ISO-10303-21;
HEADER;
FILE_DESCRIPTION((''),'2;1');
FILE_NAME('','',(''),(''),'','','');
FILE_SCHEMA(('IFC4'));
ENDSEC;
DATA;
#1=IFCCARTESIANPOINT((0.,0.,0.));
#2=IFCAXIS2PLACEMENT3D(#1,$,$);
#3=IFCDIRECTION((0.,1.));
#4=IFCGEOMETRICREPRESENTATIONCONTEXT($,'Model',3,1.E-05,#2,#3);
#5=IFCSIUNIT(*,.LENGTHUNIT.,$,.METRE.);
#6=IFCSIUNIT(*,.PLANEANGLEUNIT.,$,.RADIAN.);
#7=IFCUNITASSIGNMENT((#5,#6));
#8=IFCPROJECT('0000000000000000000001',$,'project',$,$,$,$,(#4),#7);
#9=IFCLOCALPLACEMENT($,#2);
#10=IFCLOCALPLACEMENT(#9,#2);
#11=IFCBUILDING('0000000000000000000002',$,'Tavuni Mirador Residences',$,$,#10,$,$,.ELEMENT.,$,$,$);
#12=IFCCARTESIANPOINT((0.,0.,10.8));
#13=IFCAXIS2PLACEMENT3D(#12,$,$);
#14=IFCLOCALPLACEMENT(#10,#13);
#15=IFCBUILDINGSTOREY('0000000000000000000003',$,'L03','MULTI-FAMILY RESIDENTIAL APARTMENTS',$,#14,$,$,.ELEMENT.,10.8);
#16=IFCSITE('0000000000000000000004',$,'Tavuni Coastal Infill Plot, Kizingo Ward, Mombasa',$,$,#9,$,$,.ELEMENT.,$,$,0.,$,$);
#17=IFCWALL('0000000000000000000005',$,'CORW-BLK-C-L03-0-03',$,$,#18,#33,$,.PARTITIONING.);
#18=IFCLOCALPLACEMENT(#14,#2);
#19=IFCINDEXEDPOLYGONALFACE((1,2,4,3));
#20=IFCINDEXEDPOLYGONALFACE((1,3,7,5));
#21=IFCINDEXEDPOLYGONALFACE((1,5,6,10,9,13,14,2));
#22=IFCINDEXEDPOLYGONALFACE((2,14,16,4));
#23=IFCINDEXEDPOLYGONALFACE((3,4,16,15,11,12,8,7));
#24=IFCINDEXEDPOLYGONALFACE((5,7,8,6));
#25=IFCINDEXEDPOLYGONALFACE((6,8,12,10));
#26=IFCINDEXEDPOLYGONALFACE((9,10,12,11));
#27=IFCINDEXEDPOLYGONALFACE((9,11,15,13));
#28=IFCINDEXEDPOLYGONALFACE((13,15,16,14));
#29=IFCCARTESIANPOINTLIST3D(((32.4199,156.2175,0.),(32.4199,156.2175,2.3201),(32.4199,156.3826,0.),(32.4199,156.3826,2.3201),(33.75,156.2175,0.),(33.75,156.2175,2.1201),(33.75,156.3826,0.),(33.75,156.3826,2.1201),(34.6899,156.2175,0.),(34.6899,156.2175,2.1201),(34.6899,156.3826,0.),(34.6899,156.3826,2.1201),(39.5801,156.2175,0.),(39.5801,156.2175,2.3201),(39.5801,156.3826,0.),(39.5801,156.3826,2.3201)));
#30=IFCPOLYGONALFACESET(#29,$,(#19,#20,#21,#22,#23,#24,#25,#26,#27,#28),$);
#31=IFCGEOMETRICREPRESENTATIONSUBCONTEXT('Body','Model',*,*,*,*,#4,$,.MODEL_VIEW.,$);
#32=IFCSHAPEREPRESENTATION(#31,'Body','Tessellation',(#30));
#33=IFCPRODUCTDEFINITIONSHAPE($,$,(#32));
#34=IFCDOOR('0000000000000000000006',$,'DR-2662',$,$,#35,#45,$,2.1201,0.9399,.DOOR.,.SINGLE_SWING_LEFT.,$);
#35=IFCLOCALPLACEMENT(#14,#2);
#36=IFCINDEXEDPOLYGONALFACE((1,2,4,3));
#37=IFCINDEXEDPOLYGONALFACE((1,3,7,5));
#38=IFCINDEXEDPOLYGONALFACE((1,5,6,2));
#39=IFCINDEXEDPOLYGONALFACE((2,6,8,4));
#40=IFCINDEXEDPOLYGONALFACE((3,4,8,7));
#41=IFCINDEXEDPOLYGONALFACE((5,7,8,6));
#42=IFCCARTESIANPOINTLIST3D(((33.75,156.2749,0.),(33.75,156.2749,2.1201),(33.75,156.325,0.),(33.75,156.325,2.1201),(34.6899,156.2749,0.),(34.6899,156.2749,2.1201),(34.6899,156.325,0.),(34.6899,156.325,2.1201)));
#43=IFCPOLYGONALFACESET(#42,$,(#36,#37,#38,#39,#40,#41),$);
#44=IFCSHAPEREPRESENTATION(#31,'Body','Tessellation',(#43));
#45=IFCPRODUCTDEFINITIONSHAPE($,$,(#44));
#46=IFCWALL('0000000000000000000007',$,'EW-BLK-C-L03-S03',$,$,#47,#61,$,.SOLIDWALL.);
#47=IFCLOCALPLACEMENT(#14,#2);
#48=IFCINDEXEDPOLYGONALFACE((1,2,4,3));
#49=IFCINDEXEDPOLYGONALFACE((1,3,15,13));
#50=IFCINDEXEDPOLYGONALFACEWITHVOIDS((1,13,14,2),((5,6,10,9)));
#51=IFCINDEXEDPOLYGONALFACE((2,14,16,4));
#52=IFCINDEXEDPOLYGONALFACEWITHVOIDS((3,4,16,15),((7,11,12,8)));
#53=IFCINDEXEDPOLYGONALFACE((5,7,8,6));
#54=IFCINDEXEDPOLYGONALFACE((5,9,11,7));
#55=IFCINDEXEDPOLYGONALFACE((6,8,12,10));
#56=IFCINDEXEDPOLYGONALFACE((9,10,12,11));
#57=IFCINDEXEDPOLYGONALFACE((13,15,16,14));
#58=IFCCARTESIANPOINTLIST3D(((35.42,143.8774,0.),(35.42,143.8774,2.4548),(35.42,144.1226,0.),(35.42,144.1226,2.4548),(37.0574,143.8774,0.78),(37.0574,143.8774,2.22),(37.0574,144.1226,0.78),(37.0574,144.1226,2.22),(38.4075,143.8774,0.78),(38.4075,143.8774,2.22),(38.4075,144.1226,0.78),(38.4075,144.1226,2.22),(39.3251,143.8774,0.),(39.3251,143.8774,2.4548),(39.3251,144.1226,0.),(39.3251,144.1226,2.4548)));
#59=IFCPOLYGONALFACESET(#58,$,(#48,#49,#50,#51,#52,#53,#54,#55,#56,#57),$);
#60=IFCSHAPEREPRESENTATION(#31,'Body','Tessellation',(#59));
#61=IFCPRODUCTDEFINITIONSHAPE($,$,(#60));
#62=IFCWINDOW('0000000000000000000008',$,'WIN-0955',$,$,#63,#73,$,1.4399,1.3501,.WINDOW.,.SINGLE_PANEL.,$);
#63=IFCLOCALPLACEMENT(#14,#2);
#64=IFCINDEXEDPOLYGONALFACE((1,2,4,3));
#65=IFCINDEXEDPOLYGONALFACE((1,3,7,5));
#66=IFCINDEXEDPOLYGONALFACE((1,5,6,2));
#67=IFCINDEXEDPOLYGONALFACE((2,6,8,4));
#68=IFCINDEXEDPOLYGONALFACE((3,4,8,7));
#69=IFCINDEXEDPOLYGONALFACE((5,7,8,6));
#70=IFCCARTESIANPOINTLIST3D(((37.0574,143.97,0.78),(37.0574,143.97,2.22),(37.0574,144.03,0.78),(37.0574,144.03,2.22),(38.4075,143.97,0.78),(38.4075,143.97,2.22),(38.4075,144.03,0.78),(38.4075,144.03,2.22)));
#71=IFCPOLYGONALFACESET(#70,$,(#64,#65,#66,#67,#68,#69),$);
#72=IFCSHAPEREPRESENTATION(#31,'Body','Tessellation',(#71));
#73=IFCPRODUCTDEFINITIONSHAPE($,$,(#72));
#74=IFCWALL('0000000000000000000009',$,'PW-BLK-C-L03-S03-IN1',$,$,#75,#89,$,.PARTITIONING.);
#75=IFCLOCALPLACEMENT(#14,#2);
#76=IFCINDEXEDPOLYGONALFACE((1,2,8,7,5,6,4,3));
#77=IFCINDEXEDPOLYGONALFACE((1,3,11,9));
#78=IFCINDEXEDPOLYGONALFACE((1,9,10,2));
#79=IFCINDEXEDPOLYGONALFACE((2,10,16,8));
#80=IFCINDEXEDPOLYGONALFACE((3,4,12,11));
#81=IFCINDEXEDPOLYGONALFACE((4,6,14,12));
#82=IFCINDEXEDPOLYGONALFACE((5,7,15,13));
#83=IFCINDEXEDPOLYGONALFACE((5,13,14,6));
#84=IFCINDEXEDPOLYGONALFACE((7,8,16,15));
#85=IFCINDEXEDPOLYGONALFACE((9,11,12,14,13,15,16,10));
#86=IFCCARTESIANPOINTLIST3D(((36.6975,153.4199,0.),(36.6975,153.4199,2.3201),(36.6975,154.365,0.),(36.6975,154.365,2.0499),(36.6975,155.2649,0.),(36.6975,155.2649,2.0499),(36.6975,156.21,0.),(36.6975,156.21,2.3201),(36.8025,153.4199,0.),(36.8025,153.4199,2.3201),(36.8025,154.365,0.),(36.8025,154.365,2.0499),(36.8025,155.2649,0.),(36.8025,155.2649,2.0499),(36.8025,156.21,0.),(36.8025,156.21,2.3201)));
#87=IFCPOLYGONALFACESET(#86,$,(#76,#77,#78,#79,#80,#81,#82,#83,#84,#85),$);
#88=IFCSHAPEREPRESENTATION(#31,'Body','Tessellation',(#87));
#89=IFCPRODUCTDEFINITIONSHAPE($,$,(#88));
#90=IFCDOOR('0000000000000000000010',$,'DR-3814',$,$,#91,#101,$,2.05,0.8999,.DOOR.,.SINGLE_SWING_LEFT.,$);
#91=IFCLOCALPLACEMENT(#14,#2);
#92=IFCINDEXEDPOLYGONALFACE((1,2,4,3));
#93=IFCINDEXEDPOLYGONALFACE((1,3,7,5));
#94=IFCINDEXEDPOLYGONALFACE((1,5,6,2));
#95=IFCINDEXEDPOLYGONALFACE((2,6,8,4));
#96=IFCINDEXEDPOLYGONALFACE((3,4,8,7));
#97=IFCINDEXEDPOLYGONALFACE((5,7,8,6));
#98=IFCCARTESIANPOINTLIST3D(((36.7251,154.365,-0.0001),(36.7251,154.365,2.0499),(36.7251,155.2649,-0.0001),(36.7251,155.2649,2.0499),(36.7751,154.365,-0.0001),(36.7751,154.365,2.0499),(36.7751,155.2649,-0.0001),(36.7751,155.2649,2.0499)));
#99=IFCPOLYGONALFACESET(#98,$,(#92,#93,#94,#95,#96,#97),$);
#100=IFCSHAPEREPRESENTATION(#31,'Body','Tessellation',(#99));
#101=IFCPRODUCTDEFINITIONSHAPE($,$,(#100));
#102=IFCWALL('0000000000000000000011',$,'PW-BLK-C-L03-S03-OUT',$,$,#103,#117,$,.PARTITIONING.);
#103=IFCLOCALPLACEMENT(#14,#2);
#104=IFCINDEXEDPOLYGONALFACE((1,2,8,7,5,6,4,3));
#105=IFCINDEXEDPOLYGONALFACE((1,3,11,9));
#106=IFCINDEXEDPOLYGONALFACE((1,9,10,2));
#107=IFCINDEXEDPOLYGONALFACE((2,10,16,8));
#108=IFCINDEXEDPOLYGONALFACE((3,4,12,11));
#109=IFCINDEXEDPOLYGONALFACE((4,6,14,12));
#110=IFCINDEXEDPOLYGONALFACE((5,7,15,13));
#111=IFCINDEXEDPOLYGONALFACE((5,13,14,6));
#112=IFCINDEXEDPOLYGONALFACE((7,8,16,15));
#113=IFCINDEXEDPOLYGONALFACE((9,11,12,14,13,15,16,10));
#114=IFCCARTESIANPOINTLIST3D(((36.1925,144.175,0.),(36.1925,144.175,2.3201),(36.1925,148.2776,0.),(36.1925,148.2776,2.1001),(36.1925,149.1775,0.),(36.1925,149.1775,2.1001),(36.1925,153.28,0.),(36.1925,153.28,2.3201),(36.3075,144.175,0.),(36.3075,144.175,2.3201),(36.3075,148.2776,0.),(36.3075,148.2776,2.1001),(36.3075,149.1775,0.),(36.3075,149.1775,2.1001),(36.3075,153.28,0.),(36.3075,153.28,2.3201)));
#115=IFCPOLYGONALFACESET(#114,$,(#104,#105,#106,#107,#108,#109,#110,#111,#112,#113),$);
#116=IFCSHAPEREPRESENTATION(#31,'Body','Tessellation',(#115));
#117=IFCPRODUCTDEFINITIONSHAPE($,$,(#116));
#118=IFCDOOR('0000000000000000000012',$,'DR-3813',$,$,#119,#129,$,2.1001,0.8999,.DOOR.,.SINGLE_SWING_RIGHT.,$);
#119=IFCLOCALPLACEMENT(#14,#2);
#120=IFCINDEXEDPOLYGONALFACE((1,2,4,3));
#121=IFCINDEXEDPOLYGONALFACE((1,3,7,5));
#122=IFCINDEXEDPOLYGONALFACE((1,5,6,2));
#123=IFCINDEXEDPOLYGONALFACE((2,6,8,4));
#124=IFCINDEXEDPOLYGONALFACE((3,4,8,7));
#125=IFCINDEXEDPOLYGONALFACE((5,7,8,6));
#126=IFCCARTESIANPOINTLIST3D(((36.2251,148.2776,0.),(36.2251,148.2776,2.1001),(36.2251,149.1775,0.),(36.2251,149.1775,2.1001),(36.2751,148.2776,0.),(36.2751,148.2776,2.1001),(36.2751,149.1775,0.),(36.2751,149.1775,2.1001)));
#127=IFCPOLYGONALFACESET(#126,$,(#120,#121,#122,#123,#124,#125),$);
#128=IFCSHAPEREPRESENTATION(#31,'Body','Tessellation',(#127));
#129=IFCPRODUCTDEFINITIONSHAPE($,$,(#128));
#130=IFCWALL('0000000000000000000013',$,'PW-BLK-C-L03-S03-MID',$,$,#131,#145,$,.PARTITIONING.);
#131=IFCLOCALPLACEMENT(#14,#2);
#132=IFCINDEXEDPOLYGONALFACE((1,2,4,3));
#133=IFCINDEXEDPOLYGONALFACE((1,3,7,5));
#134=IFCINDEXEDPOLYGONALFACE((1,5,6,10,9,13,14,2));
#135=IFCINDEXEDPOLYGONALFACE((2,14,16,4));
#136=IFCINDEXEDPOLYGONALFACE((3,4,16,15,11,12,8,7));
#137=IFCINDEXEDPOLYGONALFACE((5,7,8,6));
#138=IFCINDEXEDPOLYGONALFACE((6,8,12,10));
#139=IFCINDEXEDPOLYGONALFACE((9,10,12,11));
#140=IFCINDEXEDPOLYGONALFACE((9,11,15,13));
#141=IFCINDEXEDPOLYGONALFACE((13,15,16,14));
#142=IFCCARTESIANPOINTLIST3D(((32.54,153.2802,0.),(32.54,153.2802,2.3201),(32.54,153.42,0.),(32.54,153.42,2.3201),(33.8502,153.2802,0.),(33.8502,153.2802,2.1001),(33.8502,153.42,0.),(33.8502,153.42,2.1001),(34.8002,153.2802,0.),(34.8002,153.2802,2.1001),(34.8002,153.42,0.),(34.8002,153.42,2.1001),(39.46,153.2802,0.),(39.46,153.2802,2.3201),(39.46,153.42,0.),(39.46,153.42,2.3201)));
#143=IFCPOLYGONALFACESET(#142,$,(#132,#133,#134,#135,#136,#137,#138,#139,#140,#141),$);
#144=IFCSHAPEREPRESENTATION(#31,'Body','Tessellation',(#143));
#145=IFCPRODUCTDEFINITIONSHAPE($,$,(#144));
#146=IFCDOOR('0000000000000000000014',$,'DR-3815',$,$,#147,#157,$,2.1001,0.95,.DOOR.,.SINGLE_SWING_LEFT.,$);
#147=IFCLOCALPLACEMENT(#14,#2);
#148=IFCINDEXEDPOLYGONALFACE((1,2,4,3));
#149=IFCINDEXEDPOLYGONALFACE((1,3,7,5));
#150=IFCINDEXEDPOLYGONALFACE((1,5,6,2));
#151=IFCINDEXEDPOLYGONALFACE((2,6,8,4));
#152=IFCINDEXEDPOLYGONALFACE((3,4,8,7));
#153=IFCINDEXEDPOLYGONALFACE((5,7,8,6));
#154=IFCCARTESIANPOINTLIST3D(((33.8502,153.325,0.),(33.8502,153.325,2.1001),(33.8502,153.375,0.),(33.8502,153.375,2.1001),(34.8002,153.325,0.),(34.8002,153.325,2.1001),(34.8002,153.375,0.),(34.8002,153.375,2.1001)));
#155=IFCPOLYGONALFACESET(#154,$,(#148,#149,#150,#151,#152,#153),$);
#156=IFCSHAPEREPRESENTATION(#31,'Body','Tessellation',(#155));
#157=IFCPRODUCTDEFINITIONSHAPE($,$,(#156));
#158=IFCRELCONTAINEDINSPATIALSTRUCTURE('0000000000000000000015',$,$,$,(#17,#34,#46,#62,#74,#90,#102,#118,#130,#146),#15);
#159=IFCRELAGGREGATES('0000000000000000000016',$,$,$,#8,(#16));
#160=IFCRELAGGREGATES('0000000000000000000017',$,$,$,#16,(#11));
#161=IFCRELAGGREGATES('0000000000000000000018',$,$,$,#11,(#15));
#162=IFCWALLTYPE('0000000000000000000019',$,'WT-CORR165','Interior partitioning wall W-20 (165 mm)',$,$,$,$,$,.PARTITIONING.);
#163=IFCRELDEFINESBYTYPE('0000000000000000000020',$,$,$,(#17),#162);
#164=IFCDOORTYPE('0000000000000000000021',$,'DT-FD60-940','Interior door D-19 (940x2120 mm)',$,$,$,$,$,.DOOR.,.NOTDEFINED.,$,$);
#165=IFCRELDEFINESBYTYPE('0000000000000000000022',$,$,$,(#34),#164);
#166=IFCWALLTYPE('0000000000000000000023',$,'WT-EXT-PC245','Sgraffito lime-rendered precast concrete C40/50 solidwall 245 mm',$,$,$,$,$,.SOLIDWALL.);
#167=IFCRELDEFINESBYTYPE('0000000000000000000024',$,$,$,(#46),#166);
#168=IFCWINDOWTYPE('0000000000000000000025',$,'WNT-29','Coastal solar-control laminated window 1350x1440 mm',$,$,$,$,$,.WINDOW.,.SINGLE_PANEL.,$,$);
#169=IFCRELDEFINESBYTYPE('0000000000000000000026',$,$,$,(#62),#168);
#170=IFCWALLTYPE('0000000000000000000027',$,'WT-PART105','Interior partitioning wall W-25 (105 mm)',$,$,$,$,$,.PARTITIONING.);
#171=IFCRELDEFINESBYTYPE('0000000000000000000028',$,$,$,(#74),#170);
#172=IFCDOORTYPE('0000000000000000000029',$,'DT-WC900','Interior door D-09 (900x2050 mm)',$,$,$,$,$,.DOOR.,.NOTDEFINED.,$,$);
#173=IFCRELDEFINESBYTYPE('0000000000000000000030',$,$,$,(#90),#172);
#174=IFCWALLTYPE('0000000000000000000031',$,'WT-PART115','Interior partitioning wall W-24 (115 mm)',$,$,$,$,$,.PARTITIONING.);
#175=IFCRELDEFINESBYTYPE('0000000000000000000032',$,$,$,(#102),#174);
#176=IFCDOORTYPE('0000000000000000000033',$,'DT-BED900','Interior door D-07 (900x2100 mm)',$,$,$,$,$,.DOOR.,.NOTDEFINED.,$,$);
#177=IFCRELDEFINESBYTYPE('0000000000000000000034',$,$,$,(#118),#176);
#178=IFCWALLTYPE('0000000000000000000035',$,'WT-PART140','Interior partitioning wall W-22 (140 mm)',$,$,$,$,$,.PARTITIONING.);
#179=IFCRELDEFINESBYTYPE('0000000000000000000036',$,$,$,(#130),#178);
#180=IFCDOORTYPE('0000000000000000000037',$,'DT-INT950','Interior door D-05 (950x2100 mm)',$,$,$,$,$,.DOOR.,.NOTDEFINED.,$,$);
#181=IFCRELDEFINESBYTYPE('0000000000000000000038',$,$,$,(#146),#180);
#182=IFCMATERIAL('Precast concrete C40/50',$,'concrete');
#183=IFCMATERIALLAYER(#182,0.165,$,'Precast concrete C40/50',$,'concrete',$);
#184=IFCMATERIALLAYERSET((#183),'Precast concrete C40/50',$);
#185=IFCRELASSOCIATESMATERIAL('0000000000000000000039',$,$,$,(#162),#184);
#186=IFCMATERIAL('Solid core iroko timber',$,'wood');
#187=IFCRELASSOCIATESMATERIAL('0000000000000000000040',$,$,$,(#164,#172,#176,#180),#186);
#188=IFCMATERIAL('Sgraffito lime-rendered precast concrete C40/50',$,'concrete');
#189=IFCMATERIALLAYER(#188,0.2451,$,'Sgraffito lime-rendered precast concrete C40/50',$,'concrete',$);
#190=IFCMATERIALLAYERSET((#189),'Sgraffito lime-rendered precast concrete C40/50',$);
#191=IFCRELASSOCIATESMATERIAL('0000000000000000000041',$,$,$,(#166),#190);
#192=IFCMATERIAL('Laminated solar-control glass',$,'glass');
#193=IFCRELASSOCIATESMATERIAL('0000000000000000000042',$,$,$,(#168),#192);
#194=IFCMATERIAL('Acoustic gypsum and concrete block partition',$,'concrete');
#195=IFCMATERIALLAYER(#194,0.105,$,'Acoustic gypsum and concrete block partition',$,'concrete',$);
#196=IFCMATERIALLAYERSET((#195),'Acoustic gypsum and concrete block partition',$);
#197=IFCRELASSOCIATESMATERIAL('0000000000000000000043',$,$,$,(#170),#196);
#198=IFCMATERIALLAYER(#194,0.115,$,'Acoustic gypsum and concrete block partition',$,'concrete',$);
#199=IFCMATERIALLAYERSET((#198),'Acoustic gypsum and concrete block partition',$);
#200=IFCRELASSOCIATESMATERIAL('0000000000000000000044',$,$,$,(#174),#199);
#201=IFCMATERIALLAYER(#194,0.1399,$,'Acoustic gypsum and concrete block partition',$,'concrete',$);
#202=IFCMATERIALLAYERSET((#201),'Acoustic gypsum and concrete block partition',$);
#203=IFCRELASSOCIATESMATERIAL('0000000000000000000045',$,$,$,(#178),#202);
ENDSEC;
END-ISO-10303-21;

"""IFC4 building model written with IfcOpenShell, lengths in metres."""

from ifc_helpers import new_model, si_unit, direction, frame, frame_2d, origin, place, context, subcontext, project, spatial, rectangle, extrude, material, layer, layer_set, type_object, element, fill, save


model = new_model("IFC4")

# Units and contexts
model_context = context("Model", 3, precision=1e-05, world=origin(), true_north=direction((0.0, 1.0)))
body_context = subcontext(model_context, "Body", "Model", "MODEL_VIEW")
ifc_project = project(units=[si_unit("LENGTHUNIT", "METRE"), si_unit("PLANEANGLEUNIT", "RADIAN")], contexts=[model_context])

# Site, building, storey
site_placement = place(None, origin())
site = spatial("IfcSite", under=ifc_project, at=site_placement, Name="Tavuni Coastal Infill Plot, Kizingo Ward, Mombasa", CompositionType="ELEMENT", RefElevation=0.0)
building_placement = place(site_placement, origin())
building = spatial("IfcBuilding", under=site, at=building_placement, Name="Tavuni Mirador Residences", CompositionType="ELEMENT")
storey_placement = place(building_placement, frame((0.0, 0.0, 10.8)))
storey = spatial("IfcBuildingStorey", under=building, at=storey_placement, Name="L03", Description="MULTI-FAMILY RESIDENTIAL APARTMENTS", CompositionType="ELEMENT", Elevation=10.8)

# Shared definitions
ifc_material_1 = material(Name="Precast concrete C40/50", Category="concrete")

# Wall, opening, door
ifc_layer_1 = layer(ifc_material_1, 0.165, Name="Precast concrete C40/50", Category="concrete")
ifc_layer_set_1 = layer_set([ifc_layer_1], Name="Precast concrete C40/50")
wall_type_1 = type_object("IfcWallType", Name="WT-CORR165", Description="Interior partitioning wall W-20 (165 mm)", PredefinedType="PARTITIONING", material=ifc_layer_set_1)
wall_1_placement = place(storey_placement, frame((32.4199, 156.3, 0.0), z_axis=(0.0, 0.0, 1.0), x_axis=(1.0, 0.0, 0.0)))
wall_1 = element("IfcWall", 1, at=wall_1_placement, inside=storey, type_object=wall_type_1, Name="CORW-BLK-C-L03-0-03", PredefinedType="PARTITIONING", context=body_context, shape_type="SweptSolid", body=[
    extrude(rectangle(XDim=7.1602, YDim=0.165, at=frame_2d((3.5801, 0.0))), origin(), (0.0, 0.0, 1.0), 2.3201),
])
opening_1_placement = place(wall_1_placement, frame((1.3301, 0.0, 0.0)))
opening_1 = element("IfcOpeningElement", 2, at=opening_1_placement, cuts=wall_1, PredefinedType="OPENING", context=body_context, shape_type="SweptSolid", body=[
    extrude(rectangle(XDim=0.9399, YDim=2.1201, at=frame_2d((0.47, 1.0601))), frame((0.0, 0.0925, 0.0), z_axis=(0.0, -1.0, 0.0), x_axis=(1.0, 0.0, 0.0)), (0.0, 0.0, 1.0), 0.1851),
])
ifc_material_2 = material(Name="Solid core iroko timber", Category="wood")
door_type_1 = type_object("IfcDoorType", Name="DT-FD60-940", Description="Interior door D-19 (940x2120 mm)", OperationType="NOTDEFINED", PredefinedType="DOOR", material=ifc_material_2)
door_1_placement = place(opening_1_placement, origin())
door_1 = element("IfcDoor", 3, at=door_1_placement, inside=storey, type_object=door_type_1, Name="DR-2662", OperationType="SINGLE_SWING_LEFT", OverallHeight=2.1201, OverallWidth=0.9399, PredefinedType="DOOR", context=body_context, shape_type="SweptSolid", body=[
    extrude(rectangle(XDim=0.9399, YDim=2.1201, at=frame_2d((0.47, 1.0601))), frame((0.0, 0.0249, 0.0), z_axis=(0.0, -1.0, 0.0), x_axis=(1.0, 0.0, 0.0)), (0.0, 0.0, 1.0), 0.05),
])
fill(opening_1, door_1)

# Wall, opening, window
ifc_material_3 = material(Name="Sgraffito lime-rendered precast concrete C40/50", Category="concrete")
ifc_layer_2 = layer(ifc_material_3, 0.2451, Name="Sgraffito lime-rendered precast concrete C40/50", Category="concrete")
ifc_layer_set_2 = layer_set([ifc_layer_2], Name="Sgraffito lime-rendered precast concrete C40/50")
wall_type_2 = type_object("IfcWallType", Name="WT-EXT-PC245", Description="Sgraffito lime-rendered precast concrete C40/50 solidwall 245 mm", PredefinedType="SOLIDWALL", material=ifc_layer_set_2)
wall_2_placement = place(storey_placement, frame((35.4199, 144.0, 0.0), z_axis=(0.0, 0.0, 1.0), x_axis=(1.0, 0.0, 0.0)))
wall_2 = element("IfcWall", 4, at=wall_2_placement, inside=storey, type_object=wall_type_2, Name="EW-BLK-C-L03-S03", PredefinedType="SOLIDWALL", context=body_context, shape_type="SweptSolid", body=[
    extrude(rectangle(XDim=3.905, YDim=0.2451, at=frame_2d((1.9526, 0.0))), origin(), (0.0, 0.0, 1.0), 2.4548),
])
opening_2_placement = place(wall_2_placement, frame((1.6375, 0.0, 0.78)))
opening_2 = element("IfcOpeningElement", 5, at=opening_2_placement, cuts=wall_2, PredefinedType="OPENING", context=body_context, shape_type="SweptSolid", body=[
    extrude(rectangle(XDim=1.3501, YDim=1.4399, at=frame_2d((0.675, 0.72))), frame((0.0, 0.1326, 0.0), z_axis=(0.0, -1.0, 0.0), x_axis=(1.0, 0.0, 0.0)), (0.0, 0.0, 1.0), 0.2651),
])
ifc_material_4 = material(Name="Laminated solar-control glass", Category="glass")
window_type = type_object("IfcWindowType", Name="WNT-29", Description="Coastal solar-control laminated window 1350x1440 mm", PartitioningType="SINGLE_PANEL", PredefinedType="WINDOW", material=ifc_material_4)
window_placement = place(opening_2_placement, origin())
window = element("IfcWindow", 6, at=window_placement, inside=storey, type_object=window_type, Name="WIN-0955", OverallHeight=1.4399, OverallWidth=1.3501, PartitioningType="SINGLE_PANEL", PredefinedType="WINDOW", context=body_context, shape_type="SweptSolid", body=[
    extrude(rectangle(XDim=1.3501, YDim=1.4399, at=frame_2d((0.675, 0.72))), frame((0.0, 0.03, 0.0), z_axis=(0.0, -1.0, 0.0), x_axis=(1.0, 0.0, 0.0)), (0.0, 0.0, 1.0), 0.0601),
])
fill(opening_2, window)

# Walls, openings, doors
ifc_material_5 = material(Name="Acoustic gypsum and concrete block partition", Category="concrete")
ifc_layer_3 = layer(ifc_material_5, 0.105, Name="Acoustic gypsum and concrete block partition", Category="concrete")
ifc_layer_set_3 = layer_set([ifc_layer_3], Name="Acoustic gypsum and concrete block partition")
wall_type_3 = type_object("IfcWallType", Name="WT-PART105", Description="Interior partitioning wall W-25 (105 mm)", PredefinedType="PARTITIONING", material=ifc_layer_set_3)
wall_3_placement = place(storey_placement, frame((36.75, 153.4199, 0.0), z_axis=(0.0, 0.0, 1.0), x_axis=(0.0, 1.0, 0.0)))
wall_3 = element("IfcWall", 7, at=wall_3_placement, inside=storey, type_object=wall_type_3, Name="PW-BLK-C-L03-S03-IN1", PredefinedType="PARTITIONING", context=body_context, shape_type="SweptSolid", body=[
    extrude(rectangle(XDim=2.79, YDim=0.105, at=frame_2d((1.395, 0.0))), origin(), (0.0, 0.0, 1.0), 2.3201),
])
opening_3_placement = place(wall_3_placement, frame((0.9451, 0.0, 0.0)))
opening_3 = element("IfcOpeningElement", 8, at=opening_3_placement, cuts=wall_3, PredefinedType="OPENING", context=body_context, shape_type="SweptSolid", body=[
    extrude(rectangle(XDim=0.8999, YDim=2.05, at=frame_2d((0.45, 1.0249))), frame((0.0, 0.0625, 0.0), z_axis=(0.0, -1.0, 0.0), x_axis=(1.0, 0.0, 0.0)), (0.0, 0.0, 1.0), 0.125),
])
door_type_2 = type_object("IfcDoorType", Name="DT-WC900", Description="Interior door D-09 (900x2050 mm)", OperationType="NOTDEFINED", PredefinedType="DOOR", material=ifc_material_2)
door_2_placement = place(opening_3_placement, origin())
door_2 = element("IfcDoor", 9, at=door_2_placement, inside=storey, type_object=door_type_2, Name="DR-3814", OperationType="SINGLE_SWING_LEFT", OverallHeight=2.05, OverallWidth=0.8999, PredefinedType="DOOR", context=body_context, shape_type="SweptSolid", body=[
    extrude(rectangle(XDim=0.8999, YDim=2.05, at=frame_2d((0.45, 1.0249))), frame((0.0, 0.0249, 0.0), z_axis=(0.0, -1.0, 0.0), x_axis=(1.0, 0.0, 0.0)), (0.0, 0.0, 1.0), 0.05),
])
fill(opening_3, door_2)
ifc_layer_4 = layer(ifc_material_5, 0.115, Name="Acoustic gypsum and concrete block partition", Category="concrete")
ifc_layer_set_4 = layer_set([ifc_layer_4], Name="Acoustic gypsum and concrete block partition")
wall_type_4 = type_object("IfcWallType", Name="WT-PART115", Description="Interior partitioning wall W-24 (115 mm)", PredefinedType="PARTITIONING", material=ifc_layer_set_4)
wall_4_placement = place(storey_placement, frame((36.25, 144.175, 0.0), z_axis=(0.0, 0.0, 1.0), x_axis=(0.0, 1.0, 0.0)))
wall_4 = element("IfcWall", 10, at=wall_4_placement, inside=storey, type_object=wall_type_4, Name="PW-BLK-C-L03-S03-OUT", PredefinedType="PARTITIONING", context=body_context, shape_type="SweptSolid", body=[
    extrude(rectangle(XDim=9.105, YDim=0.115, at=frame_2d((4.5525, 0.0))), origin(), (0.0, 0.0, 1.0), 2.3201),
])
opening_4_placement = place(wall_4_placement, frame((4.1025, 0.0, 0.0)))
opening_4 = element("IfcOpeningElement", 11, at=opening_4_placement, cuts=wall_4, PredefinedType="OPENING", context=body_context, shape_type="SweptSolid", body=[
    extrude(rectangle(XDim=0.8999, YDim=2.1001, at=frame_2d((0.45, 1.05))), frame((0.0, 0.0674, 0.0), z_axis=(0.0, -1.0, 0.0), x_axis=(1.0, 0.0, 0.0)), (0.0, 0.0, 1.0), 0.135),
])
door_type_3 = type_object("IfcDoorType", Name="DT-BED900", Description="Interior door D-07 (900x2100 mm)", OperationType="NOTDEFINED", PredefinedType="DOOR", material=ifc_material_2)
door_3_placement = place(opening_4_placement, origin())
door_3 = element("IfcDoor", 12, at=door_3_placement, inside=storey, type_object=door_type_3, Name="DR-3813", OperationType="SINGLE_SWING_RIGHT", OverallHeight=2.1001, OverallWidth=0.8999, PredefinedType="DOOR", context=body_context, shape_type="SweptSolid", body=[
    extrude(rectangle(XDim=0.8999, YDim=2.1001, at=frame_2d((0.45, 1.05))), frame((0.0, 0.0249, 0.0), z_axis=(0.0, -1.0, 0.0), x_axis=(1.0, 0.0, 0.0)), (0.0, 0.0, 1.0), 0.05),
])
fill(opening_4, door_3)
ifc_layer_5 = layer(ifc_material_5, 0.1399, Name="Acoustic gypsum and concrete block partition", Category="concrete")
ifc_layer_set_5 = layer_set([ifc_layer_5], Name="Acoustic gypsum and concrete block partition")
wall_type_5 = type_object("IfcWallType", Name="WT-PART140", Description="Interior partitioning wall W-22 (140 mm)", PredefinedType="PARTITIONING", material=ifc_layer_set_5)
wall_5_placement = place(storey_placement, frame((32.54, 153.3501, 0.0), z_axis=(0.0, 0.0, 1.0), x_axis=(1.0, 0.0, 0.0)))
wall_5 = element("IfcWall", 13, at=wall_5_placement, inside=storey, type_object=wall_type_5, Name="PW-BLK-C-L03-S03-MID", PredefinedType="PARTITIONING", context=body_context, shape_type="SweptSolid", body=[
    extrude(rectangle(XDim=6.9199, YDim=0.1399, at=frame_2d((3.46, 0.0))), origin(), (0.0, 0.0, 1.0), 2.3201),
])
opening_5_placement = place(wall_5_placement, frame((1.3101, 0.0, 0.0)))
opening_5 = element("IfcOpeningElement", 14, at=opening_5_placement, cuts=wall_5, PredefinedType="OPENING", context=body_context, shape_type="SweptSolid", body=[
    extrude(rectangle(XDim=0.95, YDim=2.1001, at=frame_2d((0.4751, 1.05))), frame((0.0, 0.0801, 0.0), z_axis=(0.0, -1.0, 0.0), x_axis=(1.0, 0.0, 0.0)), (0.0, 0.0, 1.0), 0.1599),
])
door_type_4 = type_object("IfcDoorType", Name="DT-INT950", Description="Interior door D-05 (950x2100 mm)", OperationType="NOTDEFINED", PredefinedType="DOOR", material=ifc_material_2)
door_4_placement = place(opening_5_placement, origin())
door_4 = element("IfcDoor", 15, at=door_4_placement, inside=storey, type_object=door_type_4, Name="DR-3815", OperationType="SINGLE_SWING_LEFT", OverallHeight=2.1001, OverallWidth=0.95, PredefinedType="DOOR", context=body_context, shape_type="SweptSolid", body=[
    extrude(rectangle(XDim=0.95, YDim=2.1001, at=frame_2d((0.4751, 1.05))), frame((0.0, 0.0249, 0.0), z_axis=(0.0, -1.0, 0.0), x_axis=(1.0, 0.0, 0.0)), (0.0, 0.0, 1.0), 0.05),
])
fill(opening_5, door_4)

save(model, "model.ifc")
